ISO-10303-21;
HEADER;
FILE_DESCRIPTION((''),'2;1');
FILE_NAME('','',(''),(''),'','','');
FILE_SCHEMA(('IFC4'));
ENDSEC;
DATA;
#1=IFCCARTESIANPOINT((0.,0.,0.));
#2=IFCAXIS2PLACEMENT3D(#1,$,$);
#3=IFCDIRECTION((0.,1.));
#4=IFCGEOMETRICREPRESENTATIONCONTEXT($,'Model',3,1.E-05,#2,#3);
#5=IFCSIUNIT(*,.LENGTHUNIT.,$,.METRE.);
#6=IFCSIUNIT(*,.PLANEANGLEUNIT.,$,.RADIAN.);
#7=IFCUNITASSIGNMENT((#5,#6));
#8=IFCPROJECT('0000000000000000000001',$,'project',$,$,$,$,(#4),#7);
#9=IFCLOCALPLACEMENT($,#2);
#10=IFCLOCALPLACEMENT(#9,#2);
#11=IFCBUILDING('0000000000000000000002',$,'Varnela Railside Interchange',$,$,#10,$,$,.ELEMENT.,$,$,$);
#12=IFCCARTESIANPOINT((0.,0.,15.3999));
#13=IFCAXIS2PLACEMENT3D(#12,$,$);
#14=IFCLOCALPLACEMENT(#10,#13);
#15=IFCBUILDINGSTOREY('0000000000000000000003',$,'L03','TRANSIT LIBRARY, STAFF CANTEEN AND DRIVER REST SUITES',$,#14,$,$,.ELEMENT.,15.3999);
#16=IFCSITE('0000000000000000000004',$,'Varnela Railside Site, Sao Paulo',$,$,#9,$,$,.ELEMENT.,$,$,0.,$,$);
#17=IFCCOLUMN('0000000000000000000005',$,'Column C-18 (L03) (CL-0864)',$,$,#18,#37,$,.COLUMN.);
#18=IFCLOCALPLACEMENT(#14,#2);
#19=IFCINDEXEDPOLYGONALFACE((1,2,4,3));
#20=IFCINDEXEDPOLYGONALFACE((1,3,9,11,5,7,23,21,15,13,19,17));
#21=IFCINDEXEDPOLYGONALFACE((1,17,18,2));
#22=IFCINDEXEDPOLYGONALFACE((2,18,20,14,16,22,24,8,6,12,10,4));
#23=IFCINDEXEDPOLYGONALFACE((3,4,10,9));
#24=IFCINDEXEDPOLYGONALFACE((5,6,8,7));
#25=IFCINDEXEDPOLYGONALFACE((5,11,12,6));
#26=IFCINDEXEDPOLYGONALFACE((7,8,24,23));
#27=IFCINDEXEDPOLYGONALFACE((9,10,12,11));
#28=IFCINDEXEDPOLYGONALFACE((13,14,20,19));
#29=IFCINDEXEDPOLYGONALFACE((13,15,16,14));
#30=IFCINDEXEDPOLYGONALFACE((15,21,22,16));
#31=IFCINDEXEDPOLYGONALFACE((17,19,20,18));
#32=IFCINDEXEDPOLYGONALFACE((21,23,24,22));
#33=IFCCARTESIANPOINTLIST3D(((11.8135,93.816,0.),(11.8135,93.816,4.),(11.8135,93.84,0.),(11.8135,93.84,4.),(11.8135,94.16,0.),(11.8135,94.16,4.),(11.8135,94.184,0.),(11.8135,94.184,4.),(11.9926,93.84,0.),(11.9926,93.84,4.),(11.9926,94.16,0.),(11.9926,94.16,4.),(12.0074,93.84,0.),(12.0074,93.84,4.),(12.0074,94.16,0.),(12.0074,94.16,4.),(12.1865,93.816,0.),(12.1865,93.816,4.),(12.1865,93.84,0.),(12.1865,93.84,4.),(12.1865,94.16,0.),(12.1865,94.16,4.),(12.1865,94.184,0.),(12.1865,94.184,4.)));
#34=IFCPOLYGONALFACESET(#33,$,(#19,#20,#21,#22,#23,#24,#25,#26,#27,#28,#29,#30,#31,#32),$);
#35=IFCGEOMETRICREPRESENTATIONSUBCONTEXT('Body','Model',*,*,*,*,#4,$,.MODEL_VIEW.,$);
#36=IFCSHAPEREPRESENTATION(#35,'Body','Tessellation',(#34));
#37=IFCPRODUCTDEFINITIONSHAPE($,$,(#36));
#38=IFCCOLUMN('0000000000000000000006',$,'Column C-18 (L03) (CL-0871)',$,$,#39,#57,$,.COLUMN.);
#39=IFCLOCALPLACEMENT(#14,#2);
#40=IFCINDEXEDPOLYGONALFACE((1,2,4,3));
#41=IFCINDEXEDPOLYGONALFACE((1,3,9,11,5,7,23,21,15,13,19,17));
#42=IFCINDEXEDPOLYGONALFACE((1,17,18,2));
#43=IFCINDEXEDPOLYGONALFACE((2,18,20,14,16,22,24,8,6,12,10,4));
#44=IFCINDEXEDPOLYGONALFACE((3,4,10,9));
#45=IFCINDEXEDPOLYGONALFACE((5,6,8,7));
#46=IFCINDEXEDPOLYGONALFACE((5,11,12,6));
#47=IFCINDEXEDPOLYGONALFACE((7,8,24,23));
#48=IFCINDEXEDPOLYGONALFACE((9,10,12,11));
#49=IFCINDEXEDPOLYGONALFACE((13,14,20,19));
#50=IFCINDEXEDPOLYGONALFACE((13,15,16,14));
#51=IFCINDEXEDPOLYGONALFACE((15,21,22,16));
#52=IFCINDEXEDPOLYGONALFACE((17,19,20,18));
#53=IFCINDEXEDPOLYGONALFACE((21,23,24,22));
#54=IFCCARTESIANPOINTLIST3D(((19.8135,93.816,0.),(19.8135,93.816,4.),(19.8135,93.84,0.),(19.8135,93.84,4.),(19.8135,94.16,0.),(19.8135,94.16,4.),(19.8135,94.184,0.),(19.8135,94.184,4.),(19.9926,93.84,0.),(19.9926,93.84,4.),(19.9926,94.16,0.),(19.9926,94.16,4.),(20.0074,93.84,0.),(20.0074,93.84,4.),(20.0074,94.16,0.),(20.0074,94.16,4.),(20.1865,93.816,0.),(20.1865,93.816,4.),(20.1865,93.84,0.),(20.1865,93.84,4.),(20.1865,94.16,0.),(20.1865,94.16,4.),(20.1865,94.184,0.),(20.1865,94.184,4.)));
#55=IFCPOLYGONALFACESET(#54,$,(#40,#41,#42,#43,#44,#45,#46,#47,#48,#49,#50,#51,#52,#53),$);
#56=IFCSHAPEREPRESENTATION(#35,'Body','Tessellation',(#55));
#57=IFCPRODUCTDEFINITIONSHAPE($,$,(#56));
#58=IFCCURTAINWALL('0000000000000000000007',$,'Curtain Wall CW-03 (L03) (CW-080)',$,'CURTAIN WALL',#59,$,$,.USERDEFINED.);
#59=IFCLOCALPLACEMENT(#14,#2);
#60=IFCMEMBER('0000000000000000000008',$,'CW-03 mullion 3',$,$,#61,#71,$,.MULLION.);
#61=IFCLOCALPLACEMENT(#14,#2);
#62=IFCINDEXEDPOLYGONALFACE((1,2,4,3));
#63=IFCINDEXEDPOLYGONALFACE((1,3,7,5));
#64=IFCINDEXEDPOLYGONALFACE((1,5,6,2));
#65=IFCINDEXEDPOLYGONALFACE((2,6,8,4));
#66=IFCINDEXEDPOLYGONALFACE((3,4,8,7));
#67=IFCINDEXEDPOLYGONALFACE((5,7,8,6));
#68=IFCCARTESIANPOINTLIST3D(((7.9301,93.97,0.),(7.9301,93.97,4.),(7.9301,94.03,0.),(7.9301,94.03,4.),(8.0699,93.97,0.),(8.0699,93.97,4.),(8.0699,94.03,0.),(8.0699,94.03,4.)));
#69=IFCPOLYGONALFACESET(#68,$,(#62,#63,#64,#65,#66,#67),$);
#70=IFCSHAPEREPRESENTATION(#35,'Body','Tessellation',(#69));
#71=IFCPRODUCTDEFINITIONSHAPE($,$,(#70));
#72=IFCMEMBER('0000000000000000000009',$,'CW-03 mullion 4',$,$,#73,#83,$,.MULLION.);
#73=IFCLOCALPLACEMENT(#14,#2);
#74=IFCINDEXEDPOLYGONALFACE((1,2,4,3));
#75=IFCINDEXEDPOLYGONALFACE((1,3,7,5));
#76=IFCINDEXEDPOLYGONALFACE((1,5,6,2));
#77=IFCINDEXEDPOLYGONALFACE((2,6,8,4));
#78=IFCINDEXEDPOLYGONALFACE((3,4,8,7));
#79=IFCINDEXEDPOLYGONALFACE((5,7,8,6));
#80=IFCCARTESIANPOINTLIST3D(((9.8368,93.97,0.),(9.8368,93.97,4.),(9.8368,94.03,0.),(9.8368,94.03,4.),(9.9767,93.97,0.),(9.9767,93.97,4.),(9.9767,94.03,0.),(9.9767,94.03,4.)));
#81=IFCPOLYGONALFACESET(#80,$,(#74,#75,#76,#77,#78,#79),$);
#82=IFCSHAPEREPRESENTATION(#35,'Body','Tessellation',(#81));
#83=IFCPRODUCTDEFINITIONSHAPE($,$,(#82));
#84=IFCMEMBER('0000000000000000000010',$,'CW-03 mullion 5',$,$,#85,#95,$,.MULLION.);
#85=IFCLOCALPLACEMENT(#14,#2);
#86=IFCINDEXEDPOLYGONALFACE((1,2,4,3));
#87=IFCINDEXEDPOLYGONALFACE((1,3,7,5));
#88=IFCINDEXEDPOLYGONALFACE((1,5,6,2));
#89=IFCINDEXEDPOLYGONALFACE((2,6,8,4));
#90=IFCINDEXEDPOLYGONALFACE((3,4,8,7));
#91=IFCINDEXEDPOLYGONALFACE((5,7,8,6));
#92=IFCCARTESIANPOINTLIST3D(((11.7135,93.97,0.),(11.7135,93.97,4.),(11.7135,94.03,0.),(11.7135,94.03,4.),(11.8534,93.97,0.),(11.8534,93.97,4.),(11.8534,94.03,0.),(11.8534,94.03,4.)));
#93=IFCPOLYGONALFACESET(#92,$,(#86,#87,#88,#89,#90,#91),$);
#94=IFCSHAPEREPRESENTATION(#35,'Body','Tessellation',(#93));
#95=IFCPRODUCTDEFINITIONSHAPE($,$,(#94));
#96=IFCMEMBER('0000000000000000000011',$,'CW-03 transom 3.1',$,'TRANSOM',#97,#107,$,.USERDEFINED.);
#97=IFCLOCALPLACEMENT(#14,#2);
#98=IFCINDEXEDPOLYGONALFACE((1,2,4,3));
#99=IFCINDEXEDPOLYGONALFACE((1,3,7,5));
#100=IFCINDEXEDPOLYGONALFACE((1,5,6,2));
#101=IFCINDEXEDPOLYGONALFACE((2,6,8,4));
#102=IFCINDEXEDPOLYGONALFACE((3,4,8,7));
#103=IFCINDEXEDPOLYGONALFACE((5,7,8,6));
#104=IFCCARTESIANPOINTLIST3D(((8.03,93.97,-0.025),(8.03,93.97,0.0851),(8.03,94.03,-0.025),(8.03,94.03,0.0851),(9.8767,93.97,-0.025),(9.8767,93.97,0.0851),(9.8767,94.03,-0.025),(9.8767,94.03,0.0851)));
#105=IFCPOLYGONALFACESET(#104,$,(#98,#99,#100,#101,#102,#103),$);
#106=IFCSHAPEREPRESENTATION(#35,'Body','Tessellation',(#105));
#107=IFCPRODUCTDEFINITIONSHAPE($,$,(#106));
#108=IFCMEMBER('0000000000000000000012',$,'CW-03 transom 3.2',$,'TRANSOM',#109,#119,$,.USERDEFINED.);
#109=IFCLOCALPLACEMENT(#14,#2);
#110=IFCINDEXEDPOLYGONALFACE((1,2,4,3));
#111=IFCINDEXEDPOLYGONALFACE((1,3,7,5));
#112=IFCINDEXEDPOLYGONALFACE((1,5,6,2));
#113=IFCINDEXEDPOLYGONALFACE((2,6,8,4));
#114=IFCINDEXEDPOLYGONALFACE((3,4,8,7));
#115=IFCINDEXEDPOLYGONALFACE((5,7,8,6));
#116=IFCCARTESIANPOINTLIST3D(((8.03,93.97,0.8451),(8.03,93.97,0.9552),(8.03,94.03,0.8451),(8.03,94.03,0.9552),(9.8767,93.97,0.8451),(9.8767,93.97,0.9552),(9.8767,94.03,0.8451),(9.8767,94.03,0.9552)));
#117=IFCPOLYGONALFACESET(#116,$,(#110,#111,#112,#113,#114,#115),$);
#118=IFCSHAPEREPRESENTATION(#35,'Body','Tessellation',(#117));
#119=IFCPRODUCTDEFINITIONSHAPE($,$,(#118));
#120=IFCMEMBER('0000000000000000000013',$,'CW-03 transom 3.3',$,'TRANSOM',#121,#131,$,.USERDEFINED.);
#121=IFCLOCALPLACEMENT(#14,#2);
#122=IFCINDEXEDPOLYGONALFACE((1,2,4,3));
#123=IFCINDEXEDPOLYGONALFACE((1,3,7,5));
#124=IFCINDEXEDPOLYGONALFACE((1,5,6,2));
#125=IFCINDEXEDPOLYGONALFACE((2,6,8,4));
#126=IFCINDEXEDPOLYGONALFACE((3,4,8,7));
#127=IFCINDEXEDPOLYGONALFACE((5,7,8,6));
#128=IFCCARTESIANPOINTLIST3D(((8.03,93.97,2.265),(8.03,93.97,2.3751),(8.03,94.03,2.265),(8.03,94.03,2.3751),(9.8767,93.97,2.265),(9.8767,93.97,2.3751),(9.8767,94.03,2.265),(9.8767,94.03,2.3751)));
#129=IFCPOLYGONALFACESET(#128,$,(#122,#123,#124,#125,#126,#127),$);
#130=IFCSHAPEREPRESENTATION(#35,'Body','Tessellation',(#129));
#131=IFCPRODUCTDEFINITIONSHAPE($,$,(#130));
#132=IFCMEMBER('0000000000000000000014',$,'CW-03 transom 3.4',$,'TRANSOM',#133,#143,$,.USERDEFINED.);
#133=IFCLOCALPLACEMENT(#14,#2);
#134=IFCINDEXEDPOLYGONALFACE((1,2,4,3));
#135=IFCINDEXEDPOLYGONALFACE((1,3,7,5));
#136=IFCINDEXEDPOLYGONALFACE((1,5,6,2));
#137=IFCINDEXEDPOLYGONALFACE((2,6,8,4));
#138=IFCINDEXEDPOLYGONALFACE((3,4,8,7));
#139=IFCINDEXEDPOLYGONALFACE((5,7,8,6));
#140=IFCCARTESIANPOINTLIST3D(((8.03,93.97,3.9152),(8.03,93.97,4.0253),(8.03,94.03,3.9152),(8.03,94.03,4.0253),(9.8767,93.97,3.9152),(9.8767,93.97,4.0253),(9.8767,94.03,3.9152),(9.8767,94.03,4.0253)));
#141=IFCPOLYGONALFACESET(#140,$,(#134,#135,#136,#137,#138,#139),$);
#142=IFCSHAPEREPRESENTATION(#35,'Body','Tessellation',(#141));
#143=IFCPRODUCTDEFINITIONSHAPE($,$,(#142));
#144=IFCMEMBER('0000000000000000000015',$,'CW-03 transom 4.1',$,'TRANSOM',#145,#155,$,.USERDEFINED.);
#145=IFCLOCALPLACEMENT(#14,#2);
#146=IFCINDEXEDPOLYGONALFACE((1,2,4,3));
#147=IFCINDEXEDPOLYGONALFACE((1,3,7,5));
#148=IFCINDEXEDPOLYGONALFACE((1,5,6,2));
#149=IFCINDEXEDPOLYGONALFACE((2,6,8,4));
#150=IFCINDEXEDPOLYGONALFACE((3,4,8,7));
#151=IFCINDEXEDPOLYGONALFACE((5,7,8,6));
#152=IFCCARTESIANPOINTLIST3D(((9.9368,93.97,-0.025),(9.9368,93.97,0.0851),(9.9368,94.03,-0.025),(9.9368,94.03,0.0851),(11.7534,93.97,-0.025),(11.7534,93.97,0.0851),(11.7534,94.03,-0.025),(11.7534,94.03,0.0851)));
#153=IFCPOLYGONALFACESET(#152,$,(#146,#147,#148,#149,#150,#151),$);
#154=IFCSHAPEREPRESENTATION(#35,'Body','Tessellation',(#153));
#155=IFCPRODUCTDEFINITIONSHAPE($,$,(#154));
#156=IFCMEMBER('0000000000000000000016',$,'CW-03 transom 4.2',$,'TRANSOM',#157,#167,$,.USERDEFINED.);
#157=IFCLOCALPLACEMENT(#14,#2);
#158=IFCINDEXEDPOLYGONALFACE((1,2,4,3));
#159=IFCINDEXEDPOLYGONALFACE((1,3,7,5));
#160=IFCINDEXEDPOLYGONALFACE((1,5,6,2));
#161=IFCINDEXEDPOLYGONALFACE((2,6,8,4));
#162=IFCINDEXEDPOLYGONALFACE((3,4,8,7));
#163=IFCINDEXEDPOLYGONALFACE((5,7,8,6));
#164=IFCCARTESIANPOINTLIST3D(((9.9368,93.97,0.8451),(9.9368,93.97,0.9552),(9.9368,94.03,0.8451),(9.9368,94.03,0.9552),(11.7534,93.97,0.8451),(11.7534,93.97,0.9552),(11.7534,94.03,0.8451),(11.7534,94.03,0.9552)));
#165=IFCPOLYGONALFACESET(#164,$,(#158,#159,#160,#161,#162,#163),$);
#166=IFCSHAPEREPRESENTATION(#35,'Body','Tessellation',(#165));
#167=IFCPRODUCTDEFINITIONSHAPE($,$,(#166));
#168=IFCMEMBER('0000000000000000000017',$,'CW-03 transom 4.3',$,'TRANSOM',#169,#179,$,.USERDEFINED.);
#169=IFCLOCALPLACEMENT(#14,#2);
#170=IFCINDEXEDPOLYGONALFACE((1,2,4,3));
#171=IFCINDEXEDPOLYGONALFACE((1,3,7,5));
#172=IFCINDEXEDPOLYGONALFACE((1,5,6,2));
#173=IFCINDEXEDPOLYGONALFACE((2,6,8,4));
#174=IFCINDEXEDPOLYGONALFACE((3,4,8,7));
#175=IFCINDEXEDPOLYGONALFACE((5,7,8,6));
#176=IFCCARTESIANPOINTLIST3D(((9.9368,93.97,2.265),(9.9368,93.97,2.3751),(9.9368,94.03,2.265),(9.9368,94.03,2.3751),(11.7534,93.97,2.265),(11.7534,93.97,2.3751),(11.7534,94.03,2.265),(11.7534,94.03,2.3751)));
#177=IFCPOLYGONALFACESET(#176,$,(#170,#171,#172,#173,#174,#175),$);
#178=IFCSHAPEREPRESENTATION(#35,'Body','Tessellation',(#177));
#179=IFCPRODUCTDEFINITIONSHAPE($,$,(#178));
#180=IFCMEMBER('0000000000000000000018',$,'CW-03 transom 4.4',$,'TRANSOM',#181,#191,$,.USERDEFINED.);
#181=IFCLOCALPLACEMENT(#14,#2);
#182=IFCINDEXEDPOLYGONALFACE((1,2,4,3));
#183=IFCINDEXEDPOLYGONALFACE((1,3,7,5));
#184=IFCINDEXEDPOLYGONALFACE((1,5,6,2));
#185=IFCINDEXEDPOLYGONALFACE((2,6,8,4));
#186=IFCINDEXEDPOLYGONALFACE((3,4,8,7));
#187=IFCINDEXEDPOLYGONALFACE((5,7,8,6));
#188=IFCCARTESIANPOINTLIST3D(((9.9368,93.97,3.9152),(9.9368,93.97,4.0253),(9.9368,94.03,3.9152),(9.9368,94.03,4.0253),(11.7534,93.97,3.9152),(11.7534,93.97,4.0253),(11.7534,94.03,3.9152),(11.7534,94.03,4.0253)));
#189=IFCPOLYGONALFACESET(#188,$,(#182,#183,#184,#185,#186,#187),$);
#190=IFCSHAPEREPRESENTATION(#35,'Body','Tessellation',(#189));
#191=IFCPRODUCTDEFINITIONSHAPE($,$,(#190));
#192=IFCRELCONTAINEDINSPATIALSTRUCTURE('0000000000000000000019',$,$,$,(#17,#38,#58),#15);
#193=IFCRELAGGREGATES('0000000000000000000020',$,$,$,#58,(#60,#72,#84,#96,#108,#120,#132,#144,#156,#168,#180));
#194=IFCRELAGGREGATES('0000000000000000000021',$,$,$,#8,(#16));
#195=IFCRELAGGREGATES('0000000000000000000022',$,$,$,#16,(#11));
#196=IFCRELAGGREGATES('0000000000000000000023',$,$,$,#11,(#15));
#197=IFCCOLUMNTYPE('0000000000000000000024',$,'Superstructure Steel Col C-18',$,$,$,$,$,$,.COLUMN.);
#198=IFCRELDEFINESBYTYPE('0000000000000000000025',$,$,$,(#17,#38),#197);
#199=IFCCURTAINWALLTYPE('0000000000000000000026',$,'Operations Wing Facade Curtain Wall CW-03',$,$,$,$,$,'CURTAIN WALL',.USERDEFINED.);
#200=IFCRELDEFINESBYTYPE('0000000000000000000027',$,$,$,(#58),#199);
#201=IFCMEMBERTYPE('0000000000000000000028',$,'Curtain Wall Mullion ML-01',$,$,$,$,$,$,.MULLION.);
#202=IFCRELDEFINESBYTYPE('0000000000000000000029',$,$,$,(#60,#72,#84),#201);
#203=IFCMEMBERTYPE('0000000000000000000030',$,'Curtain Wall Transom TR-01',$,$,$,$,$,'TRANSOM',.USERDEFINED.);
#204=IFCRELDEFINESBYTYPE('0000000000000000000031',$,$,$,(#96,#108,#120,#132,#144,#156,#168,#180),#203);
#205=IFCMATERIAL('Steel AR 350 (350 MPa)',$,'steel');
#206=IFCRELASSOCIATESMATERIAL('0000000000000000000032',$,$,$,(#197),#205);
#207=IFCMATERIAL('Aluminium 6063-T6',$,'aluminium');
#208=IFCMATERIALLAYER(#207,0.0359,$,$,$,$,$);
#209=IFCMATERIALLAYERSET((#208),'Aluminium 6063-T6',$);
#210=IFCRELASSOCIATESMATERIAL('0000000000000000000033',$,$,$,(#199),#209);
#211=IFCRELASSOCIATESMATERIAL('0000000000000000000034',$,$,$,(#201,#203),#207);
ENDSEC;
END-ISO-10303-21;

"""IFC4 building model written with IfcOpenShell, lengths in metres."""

from ifc_helpers import new_model, si_unit, direction, frame, origin, origin_2d, place, context, subcontext, project, spatial, rectangle, i_section, extrude, material, layer, layer_set, material_profile, profile_set, type_object, element, aggregate, save


model = new_model("IFC4")

# Units and contexts
model_context = context("Model", 3, precision=1e-05, world=origin(), true_north=direction((0.0, 1.0)))
body_context = subcontext(model_context, "Body", "Model", "MODEL_VIEW")
ifc_project = project(units=[si_unit("LENGTHUNIT", "METRE"), si_unit("PLANEANGLEUNIT", "RADIAN")], contexts=[model_context])

# Site, building, storey
site_placement = place(None, origin())
site = spatial("IfcSite", under=ifc_project, at=site_placement, Name="Varnela Railside Site, Sao Paulo", CompositionType="ELEMENT", RefElevation=0.0)
building_placement = place(site_placement, origin())
building = spatial("IfcBuilding", under=site, at=building_placement, Name="Varnela Railside Interchange", CompositionType="ELEMENT")
storey_placement = place(building_placement, frame((0.0, 0.0, 15.3999)))
storey = spatial("IfcBuildingStorey", under=building, at=storey_placement, Name="L03", Description="TRANSIT LIBRARY, STAFF CANTEEN AND DRIVER REST SUITES", CompositionType="ELEMENT", Elevation=15.3999)

# Columns
ifc_material_1 = material(Name="Steel AR 350 (350 MPa)", Category="steel")
ifc_material_profile_1 = material_profile(ifc_material_1, i_section(OverallWidth=0.373, OverallDepth=0.3679, WebThickness=0.0149, FlangeThickness=0.0239, at=origin_2d()), Name="W360x179")
ifc_profile_set_1 = profile_set([ifc_material_profile_1], Name="Steel AR 350 (350 MPa)")
column_type = type_object("IfcColumnType", Name="Superstructure Steel Col C-18", PredefinedType="COLUMN", material=ifc_profile_set_1)
for number, where, z_axis, x_axis, name in (
    (1, (12.0, 94.0, 0.0), (0.0, 0.0, 1.0), (1.0, 0.0, 0.0), "Column C-18 (L03) (CL-0864)"),
    (2, (20.0, 94.0, 0.0), (0.0, 0.0, 1.0), (1.0, 0.0, 0.0), "Column C-18 (L03) (CL-0871)"),
):
    element("IfcColumn", number, at=place(storey_placement, frame(where, z_axis=z_axis, x_axis=x_axis)), inside=storey, type_object=column_type, Name=name, PredefinedType="COLUMN", context=body_context, shape_type="SweptSolid", body=[
        extrude(i_section(OverallWidth=0.373, OverallDepth=0.3679, WebThickness=0.0149, FlangeThickness=0.0239, at=origin_2d()), origin(), (0.0, 0.0, 1.0), 4.0),
    ])

# Curtain wall, members
ifc_material_2 = material(Name="Aluminium 6063-T6", Category="aluminium")
ifc_layer_1 = layer(ifc_material_2, 0.0359)
ifc_layer_set_1 = layer_set([ifc_layer_1], Name="Aluminium 6063-T6")
curtain_wall_type = type_object("IfcCurtainWallType", Name="Operations Wing Facade Curtain Wall CW-03", ElementType="CURTAIN WALL", PredefinedType="USERDEFINED", material=ifc_layer_set_1)
curtain_wall_placement = place(storey_placement, origin())
curtain_wall = element("IfcCurtainWall", 3, at=curtain_wall_placement, inside=storey, type_object=curtain_wall_type, Name="Curtain Wall CW-03 (L03) (CW-080)", ObjectType="CURTAIN WALL", PredefinedType="USERDEFINED")
ifc_material_profile_2 = material_profile(ifc_material_2, rectangle(XDim=0.0601, YDim=0.1399, at=origin_2d()), Name="ALU 60x140")
ifc_profile_set_2 = profile_set([ifc_material_profile_2], Name="Aluminium 6063-T6")
member_type_1 = type_object("IfcMemberType", Name="Curtain Wall Mullion ML-01", PredefinedType="MULLION", material=ifc_profile_set_2)
member_1_placement = place(storey_placement, frame((8.0, 94.0, 0.0), z_axis=(0.0, 0.0, 1.0), x_axis=(0.0, 1.0, 0.0)))
member_1 = element("IfcMember", 4, at=member_1_placement, type_object=member_type_1, Name="CW-03 mullion 3", PredefinedType="MULLION", context=body_context, shape_type="SweptSolid", body=[
    extrude(rectangle(XDim=0.0601, YDim=0.1399, at=origin_2d()), origin(), (0.0, 0.0, 1.0), 4.0),
])
member_2_placement = place(storey_placement, frame((9.9067, 94.0, 0.0), z_axis=(0.0, 0.0, 1.0), x_axis=(0.0, 1.0, 0.0)))
member_2 = element("IfcMember", 5, at=member_2_placement, type_object=member_type_1, Name="CW-03 mullion 4", PredefinedType="MULLION", context=body_context, shape_type="SweptSolid", body=[
    extrude(rectangle(XDim=0.0601, YDim=0.1399, at=origin_2d()), origin(), (0.0, 0.0, 1.0), 4.0),
])
member_3_placement = place(storey_placement, frame((11.7834, 94.0, 0.0), z_axis=(0.0, 0.0, 1.0), x_axis=(0.0, 1.0, 0.0)))
member_3 = element("IfcMember", 6, at=member_3_placement, type_object=member_type_1, Name="CW-03 mullion 5", PredefinedType="MULLION", context=body_context, shape_type="SweptSolid", body=[
    extrude(rectangle(XDim=0.0601, YDim=0.1399, at=origin_2d()), origin(), (0.0, 0.0, 1.0), 4.0),
])
ifc_material_profile_3 = material_profile(ifc_material_2, rectangle(XDim=0.0601, YDim=0.1101, at=origin_2d()), Name="ALU 60x110")
ifc_profile_set_3 = profile_set([ifc_material_profile_3], Name="Aluminium 6063-T6")
member_type_2 = type_object("IfcMemberType", Name="Curtain Wall Transom TR-01", ElementType="TRANSOM", PredefinedType="USERDEFINED", material=ifc_profile_set_3)
member_4_placement = place(storey_placement, frame((8.03, 94.0, 0.03), z_axis=(1.0, 0.0, 0.0), x_axis=(0.0, 1.0, 0.0)))
member_4 = element("IfcMember", 7, at=member_4_placement, type_object=member_type_2, Name="CW-03 transom 3.1", ObjectType="TRANSOM", PredefinedType="USERDEFINED", context=body_context, shape_type="SweptSolid", body=[
    extrude(rectangle(XDim=0.0601, YDim=0.1101, at=origin_2d()), origin(), (0.0, 0.0, 1.0), 1.8467),
])
member_5_placement = place(storey_placement, frame((8.03, 94.0, 0.9001), z_axis=(1.0, 0.0, 0.0), x_axis=(0.0, 1.0, 0.0)))
member_5 = element("IfcMember", 8, at=member_5_placement, type_object=member_type_2, Name="CW-03 transom 3.2", ObjectType="TRANSOM", PredefinedType="USERDEFINED", context=body_context, shape_type="SweptSolid", body=[
    extrude(rectangle(XDim=0.0601, YDim=0.1101, at=origin_2d()), origin(), (0.0, 0.0, 1.0), 1.8467),
])
member_6_placement = place(storey_placement, frame((8.03, 94.0, 2.3201), z_axis=(1.0, 0.0, 0.0), x_axis=(0.0, 1.0, 0.0)))
member_6 = element("IfcMember", 9, at=member_6_placement, type_object=member_type_2, Name="CW-03 transom 3.3", ObjectType="TRANSOM", PredefinedType="USERDEFINED", context=body_context, shape_type="SweptSolid", body=[
    extrude(rectangle(XDim=0.0601, YDim=0.1101, at=origin_2d()), origin(), (0.0, 0.0, 1.0), 1.8467),
])
member_7_placement = place(storey_placement, frame((8.03, 94.0, 3.9702), z_axis=(1.0, 0.0, 0.0), x_axis=(0.0, 1.0, 0.0)))
member_7 = element("IfcMember", 10, at=member_7_placement, type_object=member_type_2, Name="CW-03 transom 3.4", ObjectType="TRANSOM", PredefinedType="USERDEFINED", context=body_context, shape_type="SweptSolid", body=[
    extrude(rectangle(XDim=0.0601, YDim=0.1101, at=origin_2d()), origin(), (0.0, 0.0, 1.0), 1.8467),
])
member_8_placement = place(storey_placement, frame((9.9368, 94.0, 0.03), z_axis=(1.0, 0.0, 0.0), x_axis=(0.0, 1.0, 0.0)))
member_8 = element("IfcMember", 11, at=member_8_placement, type_object=member_type_2, Name="CW-03 transom 4.1", ObjectType="TRANSOM", PredefinedType="USERDEFINED", context=body_context, shape_type="SweptSolid", body=[
    extrude(rectangle(XDim=0.0601, YDim=0.1101, at=origin_2d()), origin(), (0.0, 0.0, 1.0), 1.8167),
])
member_9_placement = place(storey_placement, frame((9.9368, 94.0, 0.9001), z_axis=(1.0, 0.0, 0.0), x_axis=(0.0, 1.0, 0.0)))
member_9 = element("IfcMember", 12, at=member_9_placement, type_object=member_type_2, Name="CW-03 transom 4.2", ObjectType="TRANSOM", PredefinedType="USERDEFINED", context=body_context, shape_type="SweptSolid", body=[
    extrude(rectangle(XDim=0.0601, YDim=0.1101, at=origin_2d()), origin(), (0.0, 0.0, 1.0), 1.8167),
])
member_10_placement = place(storey_placement, frame((9.9368, 94.0, 2.3201), z_axis=(1.0, 0.0, 0.0), x_axis=(0.0, 1.0, 0.0)))
member_10 = element("IfcMember", 13, at=member_10_placement, type_object=member_type_2, Name="CW-03 transom 4.3", ObjectType="TRANSOM", PredefinedType="USERDEFINED", context=body_context, shape_type="SweptSolid", body=[
    extrude(rectangle(XDim=0.0601, YDim=0.1101, at=origin_2d()), origin(), (0.0, 0.0, 1.0), 1.8167),
])
member_11_placement = place(storey_placement, frame((9.9368, 94.0, 3.9702), z_axis=(1.0, 0.0, 0.0), x_axis=(0.0, 1.0, 0.0)))
member_11 = element("IfcMember", 14, at=member_11_placement, type_object=member_type_2, Name="CW-03 transom 4.4", ObjectType="TRANSOM", PredefinedType="USERDEFINED", context=body_context, shape_type="SweptSolid", body=[
    extrude(rectangle(XDim=0.0601, YDim=0.1101, at=origin_2d()), origin(), (0.0, 0.0, 1.0), 1.8167),
])

aggregate(curtain_wall, [member_1, member_2, member_3, member_4, member_5, member_6, member_7, member_8, member_9, member_10, member_11])

save(model, "model.ifc")
